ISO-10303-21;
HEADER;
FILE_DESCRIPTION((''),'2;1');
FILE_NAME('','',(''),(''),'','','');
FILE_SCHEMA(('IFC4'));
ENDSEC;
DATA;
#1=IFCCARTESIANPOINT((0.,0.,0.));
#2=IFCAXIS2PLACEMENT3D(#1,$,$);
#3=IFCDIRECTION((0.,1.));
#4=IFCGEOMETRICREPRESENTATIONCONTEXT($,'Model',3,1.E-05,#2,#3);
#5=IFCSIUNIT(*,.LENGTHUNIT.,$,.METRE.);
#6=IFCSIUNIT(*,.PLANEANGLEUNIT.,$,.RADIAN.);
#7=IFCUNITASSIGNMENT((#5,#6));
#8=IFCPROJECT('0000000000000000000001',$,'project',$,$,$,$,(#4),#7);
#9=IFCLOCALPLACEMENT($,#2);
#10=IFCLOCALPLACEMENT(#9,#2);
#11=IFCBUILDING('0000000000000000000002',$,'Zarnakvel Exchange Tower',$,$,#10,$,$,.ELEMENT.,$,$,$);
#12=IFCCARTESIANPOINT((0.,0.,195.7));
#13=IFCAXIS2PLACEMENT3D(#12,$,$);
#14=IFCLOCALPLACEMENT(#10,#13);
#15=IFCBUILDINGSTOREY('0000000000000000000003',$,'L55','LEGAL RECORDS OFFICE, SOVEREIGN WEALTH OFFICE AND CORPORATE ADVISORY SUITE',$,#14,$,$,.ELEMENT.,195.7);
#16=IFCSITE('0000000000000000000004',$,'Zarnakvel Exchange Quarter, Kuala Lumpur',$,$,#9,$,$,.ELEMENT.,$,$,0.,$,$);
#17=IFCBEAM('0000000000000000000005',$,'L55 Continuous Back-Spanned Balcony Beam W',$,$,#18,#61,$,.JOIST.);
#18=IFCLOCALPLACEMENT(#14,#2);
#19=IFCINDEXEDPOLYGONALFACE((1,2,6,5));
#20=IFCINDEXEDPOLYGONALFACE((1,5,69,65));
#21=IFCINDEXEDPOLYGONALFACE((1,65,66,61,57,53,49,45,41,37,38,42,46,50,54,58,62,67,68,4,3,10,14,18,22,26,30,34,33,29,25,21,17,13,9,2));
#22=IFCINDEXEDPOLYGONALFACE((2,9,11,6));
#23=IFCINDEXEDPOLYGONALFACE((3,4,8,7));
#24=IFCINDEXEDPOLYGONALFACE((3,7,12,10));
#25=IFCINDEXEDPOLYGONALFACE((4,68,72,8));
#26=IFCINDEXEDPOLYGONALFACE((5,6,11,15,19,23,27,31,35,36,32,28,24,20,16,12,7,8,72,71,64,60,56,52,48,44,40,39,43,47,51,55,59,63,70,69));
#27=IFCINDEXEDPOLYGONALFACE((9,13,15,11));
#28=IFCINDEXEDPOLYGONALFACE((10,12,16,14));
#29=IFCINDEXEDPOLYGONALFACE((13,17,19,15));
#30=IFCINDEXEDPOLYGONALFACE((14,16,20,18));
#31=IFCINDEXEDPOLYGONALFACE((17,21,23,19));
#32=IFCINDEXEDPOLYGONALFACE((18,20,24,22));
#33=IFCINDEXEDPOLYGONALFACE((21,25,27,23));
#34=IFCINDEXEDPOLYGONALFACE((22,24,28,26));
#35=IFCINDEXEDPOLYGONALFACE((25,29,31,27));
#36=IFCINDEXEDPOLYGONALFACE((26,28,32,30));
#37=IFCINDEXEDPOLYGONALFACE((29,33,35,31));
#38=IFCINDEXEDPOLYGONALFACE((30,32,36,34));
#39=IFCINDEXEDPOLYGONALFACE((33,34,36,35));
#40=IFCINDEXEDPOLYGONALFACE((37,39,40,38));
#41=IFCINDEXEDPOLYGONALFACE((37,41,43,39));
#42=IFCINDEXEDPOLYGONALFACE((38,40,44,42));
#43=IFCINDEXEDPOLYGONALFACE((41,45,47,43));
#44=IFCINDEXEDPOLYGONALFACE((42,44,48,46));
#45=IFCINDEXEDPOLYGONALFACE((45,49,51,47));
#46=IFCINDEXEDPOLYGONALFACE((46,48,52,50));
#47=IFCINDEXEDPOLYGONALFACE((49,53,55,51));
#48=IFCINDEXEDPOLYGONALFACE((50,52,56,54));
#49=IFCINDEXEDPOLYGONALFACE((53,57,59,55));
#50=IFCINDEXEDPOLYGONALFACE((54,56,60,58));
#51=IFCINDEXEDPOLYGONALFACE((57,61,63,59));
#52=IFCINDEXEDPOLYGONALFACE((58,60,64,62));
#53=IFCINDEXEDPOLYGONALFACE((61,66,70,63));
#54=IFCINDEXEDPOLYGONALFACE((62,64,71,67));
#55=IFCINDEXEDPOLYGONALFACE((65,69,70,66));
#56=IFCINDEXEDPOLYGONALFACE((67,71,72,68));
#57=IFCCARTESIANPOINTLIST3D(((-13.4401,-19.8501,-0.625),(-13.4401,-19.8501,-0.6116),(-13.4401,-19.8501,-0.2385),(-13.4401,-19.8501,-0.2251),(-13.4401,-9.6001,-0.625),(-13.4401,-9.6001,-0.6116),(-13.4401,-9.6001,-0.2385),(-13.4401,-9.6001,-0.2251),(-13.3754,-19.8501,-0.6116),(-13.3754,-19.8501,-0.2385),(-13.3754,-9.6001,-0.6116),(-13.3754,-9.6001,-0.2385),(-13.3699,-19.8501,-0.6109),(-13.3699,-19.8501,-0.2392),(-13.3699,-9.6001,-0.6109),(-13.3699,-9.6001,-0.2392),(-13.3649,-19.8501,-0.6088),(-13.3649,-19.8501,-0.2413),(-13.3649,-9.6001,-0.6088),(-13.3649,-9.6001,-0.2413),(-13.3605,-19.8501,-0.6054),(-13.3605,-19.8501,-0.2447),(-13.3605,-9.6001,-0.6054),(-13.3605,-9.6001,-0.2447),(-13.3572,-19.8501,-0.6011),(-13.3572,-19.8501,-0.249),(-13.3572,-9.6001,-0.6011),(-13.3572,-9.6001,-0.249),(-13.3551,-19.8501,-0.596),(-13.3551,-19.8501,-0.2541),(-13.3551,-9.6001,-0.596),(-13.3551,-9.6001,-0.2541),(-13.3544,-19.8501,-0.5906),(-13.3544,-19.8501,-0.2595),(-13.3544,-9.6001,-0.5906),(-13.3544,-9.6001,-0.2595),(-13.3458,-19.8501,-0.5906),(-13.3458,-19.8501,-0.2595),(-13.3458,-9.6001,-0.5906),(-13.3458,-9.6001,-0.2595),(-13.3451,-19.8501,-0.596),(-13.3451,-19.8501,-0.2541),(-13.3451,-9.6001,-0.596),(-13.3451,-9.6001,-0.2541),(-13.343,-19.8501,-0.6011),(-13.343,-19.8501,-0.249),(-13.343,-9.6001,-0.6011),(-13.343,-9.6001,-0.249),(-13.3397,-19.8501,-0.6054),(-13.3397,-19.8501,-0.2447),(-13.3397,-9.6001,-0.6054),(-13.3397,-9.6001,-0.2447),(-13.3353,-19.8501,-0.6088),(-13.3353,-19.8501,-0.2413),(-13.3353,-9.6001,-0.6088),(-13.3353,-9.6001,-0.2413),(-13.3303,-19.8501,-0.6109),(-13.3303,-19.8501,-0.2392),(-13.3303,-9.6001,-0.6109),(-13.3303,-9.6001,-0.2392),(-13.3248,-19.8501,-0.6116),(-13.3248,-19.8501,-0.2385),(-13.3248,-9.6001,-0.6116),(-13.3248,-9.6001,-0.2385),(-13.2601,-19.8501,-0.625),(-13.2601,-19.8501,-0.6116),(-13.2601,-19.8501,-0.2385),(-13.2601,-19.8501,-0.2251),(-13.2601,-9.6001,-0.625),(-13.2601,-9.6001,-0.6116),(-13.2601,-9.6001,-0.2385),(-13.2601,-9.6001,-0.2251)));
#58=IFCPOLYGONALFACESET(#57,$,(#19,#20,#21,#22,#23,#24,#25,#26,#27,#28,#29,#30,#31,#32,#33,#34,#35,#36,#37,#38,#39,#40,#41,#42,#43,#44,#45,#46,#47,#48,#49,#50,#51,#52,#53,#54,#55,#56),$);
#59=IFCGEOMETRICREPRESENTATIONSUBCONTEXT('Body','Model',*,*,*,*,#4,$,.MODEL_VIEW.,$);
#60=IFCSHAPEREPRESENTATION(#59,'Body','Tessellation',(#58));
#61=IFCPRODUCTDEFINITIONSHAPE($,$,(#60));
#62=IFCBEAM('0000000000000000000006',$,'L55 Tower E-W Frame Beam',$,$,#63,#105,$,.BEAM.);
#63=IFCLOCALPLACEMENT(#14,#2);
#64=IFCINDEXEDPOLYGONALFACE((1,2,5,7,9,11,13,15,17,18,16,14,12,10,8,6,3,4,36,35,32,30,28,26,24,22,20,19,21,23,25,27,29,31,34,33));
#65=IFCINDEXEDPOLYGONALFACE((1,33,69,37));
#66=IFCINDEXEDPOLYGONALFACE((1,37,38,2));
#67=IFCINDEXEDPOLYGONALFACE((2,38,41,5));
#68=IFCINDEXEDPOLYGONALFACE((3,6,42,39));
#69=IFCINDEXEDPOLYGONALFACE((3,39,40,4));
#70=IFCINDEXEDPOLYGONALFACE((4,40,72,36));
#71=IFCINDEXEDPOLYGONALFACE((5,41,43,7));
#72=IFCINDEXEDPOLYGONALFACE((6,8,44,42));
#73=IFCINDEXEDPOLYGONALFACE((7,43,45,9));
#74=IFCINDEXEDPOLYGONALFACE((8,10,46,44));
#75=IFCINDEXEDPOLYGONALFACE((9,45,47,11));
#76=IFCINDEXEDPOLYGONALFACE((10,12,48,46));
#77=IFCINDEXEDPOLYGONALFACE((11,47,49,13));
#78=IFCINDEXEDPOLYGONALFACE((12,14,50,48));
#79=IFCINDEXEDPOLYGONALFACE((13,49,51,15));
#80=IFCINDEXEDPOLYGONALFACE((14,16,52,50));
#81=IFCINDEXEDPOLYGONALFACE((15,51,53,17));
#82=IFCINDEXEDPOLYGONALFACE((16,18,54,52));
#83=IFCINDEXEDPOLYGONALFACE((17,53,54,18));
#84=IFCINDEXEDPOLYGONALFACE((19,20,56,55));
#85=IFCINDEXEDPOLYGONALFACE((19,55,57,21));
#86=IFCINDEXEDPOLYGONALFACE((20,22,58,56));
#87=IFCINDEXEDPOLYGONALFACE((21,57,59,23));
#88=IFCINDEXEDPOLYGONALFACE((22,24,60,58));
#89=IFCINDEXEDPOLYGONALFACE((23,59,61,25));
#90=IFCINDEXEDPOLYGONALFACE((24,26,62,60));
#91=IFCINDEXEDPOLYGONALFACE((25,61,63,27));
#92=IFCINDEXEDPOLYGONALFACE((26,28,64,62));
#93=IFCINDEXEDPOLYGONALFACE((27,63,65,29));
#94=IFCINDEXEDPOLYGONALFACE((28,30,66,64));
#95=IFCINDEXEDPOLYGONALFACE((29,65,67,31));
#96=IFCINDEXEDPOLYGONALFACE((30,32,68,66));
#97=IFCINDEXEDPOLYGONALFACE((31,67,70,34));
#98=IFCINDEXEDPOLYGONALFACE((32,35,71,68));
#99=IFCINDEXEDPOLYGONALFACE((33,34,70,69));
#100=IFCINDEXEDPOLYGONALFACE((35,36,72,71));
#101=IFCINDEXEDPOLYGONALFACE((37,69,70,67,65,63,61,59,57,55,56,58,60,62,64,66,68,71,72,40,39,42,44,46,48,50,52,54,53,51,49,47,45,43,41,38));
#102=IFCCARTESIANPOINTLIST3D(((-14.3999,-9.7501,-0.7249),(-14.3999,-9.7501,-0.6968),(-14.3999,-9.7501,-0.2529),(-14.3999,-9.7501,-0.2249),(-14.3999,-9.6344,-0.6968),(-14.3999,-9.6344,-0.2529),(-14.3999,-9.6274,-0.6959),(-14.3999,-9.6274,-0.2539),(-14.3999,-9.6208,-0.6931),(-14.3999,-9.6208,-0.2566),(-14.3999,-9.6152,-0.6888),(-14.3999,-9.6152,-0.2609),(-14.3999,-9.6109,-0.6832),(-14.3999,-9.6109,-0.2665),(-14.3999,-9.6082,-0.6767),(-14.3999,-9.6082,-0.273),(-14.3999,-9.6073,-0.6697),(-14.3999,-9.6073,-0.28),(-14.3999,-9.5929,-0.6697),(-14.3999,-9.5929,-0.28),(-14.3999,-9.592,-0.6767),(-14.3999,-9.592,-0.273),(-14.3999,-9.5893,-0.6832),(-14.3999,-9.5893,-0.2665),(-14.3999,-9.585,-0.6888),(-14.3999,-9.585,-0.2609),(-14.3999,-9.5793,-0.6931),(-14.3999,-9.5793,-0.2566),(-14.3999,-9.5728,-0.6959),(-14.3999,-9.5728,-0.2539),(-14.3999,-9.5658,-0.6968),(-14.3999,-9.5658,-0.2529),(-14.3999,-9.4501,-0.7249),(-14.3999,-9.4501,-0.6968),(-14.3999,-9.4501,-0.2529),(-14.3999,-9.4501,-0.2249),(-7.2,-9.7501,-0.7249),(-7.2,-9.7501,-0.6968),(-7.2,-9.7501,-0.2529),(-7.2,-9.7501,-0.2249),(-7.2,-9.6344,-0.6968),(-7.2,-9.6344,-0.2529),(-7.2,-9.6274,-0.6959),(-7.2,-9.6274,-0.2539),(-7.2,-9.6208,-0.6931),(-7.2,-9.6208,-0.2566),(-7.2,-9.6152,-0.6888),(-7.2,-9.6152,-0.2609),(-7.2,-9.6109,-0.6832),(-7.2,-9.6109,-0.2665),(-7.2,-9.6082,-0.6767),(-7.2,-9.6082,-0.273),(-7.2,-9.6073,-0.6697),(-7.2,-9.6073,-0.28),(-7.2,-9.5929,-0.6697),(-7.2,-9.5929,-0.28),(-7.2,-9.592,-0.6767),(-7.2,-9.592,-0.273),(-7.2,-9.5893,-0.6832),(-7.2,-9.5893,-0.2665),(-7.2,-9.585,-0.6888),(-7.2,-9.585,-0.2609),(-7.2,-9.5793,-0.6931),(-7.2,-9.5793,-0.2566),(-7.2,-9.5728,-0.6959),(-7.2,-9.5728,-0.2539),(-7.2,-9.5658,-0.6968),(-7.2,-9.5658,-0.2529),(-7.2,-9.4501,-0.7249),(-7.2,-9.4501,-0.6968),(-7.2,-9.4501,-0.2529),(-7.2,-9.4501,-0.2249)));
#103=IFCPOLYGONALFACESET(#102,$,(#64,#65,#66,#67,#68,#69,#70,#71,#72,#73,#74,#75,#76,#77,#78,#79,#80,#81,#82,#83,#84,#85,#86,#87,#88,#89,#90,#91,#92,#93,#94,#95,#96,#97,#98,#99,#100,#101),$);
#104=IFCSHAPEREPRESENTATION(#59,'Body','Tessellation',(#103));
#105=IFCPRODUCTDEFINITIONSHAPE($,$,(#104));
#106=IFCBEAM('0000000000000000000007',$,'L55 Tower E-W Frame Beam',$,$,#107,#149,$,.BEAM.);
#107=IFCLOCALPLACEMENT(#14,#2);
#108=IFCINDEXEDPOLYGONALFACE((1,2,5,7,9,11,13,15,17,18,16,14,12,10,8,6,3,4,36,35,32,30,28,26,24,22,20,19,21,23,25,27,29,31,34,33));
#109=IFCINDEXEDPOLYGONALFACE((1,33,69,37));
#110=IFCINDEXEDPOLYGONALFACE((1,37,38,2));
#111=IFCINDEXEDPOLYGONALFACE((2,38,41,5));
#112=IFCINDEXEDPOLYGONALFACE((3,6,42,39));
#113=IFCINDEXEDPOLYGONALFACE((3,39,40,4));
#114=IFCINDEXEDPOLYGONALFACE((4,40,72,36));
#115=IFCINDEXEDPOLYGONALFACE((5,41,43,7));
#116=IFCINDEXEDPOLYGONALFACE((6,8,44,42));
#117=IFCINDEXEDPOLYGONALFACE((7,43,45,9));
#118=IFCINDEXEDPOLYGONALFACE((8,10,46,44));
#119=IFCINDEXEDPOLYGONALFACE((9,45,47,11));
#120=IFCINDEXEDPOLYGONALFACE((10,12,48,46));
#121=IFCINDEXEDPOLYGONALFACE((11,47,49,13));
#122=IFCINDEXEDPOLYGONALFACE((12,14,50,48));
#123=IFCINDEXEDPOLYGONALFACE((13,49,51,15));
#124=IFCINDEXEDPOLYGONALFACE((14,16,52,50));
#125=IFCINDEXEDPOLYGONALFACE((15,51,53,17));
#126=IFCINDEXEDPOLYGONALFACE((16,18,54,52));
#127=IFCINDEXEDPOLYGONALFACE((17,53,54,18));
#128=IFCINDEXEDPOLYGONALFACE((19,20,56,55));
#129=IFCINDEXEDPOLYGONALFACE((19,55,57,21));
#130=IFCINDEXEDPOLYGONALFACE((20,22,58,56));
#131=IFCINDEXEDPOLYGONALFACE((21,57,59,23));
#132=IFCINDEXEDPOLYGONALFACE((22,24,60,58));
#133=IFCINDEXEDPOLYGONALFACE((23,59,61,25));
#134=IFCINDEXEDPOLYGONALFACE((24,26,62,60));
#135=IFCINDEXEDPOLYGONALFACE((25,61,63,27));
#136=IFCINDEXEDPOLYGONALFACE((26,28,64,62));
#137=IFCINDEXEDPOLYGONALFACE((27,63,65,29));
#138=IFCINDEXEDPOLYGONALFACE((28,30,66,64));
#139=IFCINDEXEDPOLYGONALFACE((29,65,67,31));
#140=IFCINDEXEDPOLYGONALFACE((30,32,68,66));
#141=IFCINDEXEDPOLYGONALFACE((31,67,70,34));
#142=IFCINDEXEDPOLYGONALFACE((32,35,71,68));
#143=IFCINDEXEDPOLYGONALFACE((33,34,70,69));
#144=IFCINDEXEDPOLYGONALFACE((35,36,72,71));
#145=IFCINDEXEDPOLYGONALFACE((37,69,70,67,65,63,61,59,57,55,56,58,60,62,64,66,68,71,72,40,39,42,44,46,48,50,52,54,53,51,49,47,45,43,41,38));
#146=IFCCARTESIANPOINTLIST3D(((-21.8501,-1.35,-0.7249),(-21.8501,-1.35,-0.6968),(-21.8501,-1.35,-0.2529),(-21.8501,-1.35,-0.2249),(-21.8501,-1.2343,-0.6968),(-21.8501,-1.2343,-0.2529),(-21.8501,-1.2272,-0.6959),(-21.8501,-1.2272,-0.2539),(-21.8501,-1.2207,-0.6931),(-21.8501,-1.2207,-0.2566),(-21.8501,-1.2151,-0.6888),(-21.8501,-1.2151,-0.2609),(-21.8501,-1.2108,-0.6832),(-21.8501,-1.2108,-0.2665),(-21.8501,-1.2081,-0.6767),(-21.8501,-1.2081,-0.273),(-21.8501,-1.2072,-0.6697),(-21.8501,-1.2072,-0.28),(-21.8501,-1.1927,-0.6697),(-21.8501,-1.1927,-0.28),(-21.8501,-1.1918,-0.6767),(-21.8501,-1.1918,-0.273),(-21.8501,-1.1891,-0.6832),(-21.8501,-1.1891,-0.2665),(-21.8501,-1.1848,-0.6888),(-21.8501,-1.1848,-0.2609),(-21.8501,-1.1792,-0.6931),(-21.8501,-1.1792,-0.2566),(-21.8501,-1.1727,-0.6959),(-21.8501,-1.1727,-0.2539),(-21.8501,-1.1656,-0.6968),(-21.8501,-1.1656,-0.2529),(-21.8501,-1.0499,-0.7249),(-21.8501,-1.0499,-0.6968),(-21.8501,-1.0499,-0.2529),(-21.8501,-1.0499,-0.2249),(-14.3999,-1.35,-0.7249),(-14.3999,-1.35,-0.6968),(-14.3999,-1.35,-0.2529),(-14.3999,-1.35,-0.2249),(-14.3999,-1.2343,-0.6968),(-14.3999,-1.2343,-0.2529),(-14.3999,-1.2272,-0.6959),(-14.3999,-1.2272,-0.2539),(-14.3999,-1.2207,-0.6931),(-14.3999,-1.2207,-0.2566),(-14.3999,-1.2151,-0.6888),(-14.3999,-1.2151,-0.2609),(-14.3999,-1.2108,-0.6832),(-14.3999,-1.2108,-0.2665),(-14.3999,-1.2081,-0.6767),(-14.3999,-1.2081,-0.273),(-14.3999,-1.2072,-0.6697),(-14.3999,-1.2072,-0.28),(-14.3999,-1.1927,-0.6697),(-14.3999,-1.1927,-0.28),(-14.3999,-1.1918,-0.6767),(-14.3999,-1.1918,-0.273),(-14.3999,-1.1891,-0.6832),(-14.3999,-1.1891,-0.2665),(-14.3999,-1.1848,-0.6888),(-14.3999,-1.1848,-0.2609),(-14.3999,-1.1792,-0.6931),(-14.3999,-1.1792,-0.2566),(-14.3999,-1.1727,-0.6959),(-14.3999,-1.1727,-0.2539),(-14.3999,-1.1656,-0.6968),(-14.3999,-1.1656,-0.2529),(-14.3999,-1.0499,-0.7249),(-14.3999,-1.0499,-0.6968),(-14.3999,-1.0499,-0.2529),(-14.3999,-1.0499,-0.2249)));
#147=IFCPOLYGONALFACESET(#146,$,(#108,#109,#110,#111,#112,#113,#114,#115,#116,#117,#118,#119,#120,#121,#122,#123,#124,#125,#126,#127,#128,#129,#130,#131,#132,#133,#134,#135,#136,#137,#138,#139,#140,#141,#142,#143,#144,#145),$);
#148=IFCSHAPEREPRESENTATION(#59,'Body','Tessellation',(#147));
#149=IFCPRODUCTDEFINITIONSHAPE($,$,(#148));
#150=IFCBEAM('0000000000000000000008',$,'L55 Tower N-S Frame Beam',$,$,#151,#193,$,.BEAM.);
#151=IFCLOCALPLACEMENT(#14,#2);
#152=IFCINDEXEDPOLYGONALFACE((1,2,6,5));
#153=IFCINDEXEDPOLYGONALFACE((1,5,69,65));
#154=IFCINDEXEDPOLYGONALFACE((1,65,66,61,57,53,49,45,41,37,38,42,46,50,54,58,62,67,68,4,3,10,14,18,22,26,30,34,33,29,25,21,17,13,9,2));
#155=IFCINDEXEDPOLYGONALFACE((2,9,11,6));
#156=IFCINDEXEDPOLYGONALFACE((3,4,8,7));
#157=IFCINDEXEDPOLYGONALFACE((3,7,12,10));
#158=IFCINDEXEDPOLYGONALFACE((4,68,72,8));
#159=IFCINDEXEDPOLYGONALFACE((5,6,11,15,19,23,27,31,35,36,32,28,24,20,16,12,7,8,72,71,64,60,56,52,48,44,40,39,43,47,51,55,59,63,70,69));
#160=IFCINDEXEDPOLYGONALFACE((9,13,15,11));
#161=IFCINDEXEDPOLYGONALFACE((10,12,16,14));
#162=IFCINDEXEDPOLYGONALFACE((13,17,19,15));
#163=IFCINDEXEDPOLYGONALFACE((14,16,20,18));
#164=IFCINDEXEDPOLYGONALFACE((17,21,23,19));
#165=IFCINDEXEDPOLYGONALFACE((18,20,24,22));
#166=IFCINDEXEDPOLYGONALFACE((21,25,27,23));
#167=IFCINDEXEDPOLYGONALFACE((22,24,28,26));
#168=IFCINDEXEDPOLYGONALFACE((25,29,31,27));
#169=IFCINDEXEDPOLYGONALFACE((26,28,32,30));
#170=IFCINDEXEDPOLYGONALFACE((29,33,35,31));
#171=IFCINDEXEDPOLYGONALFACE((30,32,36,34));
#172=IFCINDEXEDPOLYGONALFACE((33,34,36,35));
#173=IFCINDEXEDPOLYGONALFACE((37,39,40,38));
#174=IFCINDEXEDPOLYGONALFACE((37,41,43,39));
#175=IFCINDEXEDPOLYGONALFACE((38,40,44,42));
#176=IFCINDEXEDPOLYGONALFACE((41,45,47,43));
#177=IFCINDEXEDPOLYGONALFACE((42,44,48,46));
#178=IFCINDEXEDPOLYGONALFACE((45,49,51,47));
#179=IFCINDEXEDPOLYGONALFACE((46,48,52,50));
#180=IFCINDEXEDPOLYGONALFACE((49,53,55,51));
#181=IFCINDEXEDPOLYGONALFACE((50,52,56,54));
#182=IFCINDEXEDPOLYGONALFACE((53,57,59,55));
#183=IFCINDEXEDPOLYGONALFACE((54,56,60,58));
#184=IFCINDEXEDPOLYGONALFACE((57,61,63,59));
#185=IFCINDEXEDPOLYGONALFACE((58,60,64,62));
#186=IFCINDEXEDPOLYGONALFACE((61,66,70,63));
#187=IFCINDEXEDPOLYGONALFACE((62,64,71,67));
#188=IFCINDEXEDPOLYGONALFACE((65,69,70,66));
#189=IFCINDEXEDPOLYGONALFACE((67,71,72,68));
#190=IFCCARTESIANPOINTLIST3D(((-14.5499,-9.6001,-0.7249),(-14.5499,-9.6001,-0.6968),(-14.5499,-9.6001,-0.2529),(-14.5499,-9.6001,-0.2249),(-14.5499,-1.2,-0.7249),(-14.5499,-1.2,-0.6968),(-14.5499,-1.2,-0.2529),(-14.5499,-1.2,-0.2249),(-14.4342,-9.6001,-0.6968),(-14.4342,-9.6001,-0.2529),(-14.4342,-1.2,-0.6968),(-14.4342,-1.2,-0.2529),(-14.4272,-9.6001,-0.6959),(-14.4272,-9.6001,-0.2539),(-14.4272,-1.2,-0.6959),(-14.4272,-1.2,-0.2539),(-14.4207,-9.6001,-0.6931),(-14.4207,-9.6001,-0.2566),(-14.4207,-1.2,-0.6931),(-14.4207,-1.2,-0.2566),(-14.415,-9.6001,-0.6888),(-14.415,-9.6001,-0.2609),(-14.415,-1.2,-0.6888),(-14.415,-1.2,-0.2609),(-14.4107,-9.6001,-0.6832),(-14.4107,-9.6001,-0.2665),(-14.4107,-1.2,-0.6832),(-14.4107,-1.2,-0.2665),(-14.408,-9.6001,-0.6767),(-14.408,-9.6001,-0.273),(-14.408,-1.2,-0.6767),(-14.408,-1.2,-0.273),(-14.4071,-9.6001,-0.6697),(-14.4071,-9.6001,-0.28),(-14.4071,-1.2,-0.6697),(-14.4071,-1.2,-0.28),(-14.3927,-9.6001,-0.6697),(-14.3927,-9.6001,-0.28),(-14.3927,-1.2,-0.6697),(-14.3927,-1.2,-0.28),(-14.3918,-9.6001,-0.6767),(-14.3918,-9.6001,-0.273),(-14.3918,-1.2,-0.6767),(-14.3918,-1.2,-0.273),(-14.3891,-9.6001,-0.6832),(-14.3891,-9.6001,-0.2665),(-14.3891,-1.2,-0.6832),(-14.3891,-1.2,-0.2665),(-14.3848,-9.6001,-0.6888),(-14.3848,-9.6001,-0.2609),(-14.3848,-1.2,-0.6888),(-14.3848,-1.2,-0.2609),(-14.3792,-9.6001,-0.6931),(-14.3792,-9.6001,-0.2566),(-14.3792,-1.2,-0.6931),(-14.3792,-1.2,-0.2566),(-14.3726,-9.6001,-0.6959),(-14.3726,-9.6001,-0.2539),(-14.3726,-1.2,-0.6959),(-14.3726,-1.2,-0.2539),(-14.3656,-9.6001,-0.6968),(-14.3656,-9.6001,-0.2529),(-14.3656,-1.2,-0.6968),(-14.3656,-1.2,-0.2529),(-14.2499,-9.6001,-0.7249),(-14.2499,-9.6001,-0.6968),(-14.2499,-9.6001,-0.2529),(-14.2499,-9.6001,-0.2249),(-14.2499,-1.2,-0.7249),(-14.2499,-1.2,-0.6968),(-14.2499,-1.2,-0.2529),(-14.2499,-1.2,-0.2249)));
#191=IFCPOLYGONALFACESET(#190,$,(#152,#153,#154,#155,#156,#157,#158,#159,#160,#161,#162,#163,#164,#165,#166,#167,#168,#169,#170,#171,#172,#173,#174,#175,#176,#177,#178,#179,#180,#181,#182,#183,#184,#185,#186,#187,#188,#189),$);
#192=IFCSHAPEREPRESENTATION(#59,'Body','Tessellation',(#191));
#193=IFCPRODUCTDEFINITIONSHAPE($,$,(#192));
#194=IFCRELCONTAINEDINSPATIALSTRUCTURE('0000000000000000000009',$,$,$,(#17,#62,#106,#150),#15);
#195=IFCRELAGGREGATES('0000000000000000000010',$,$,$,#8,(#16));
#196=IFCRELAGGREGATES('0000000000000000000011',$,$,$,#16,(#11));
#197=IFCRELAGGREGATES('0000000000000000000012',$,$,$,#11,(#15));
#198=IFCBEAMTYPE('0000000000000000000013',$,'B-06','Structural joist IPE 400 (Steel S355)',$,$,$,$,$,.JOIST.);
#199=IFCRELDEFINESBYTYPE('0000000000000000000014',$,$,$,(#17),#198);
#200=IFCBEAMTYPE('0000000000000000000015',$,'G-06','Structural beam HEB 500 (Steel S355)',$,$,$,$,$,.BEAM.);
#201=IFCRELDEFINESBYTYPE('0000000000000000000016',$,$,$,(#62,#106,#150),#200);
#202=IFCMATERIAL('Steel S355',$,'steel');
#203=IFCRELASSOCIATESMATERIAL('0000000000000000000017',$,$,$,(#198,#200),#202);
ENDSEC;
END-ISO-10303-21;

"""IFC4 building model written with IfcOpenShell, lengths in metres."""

from ifc_helpers import new_model, si_unit, direction, frame, origin, origin_2d, place, context, subcontext, project, spatial, i_section, extrude, material, material_profile, profile_set, type_object, element, save


model = new_model("IFC4")

# Units and contexts
model_context = context("Model", 3, precision=1e-05, world=origin(), true_north=direction((0.0, 1.0)))
body_context = subcontext(model_context, "Body", "Model", "MODEL_VIEW")
ifc_project = project(units=[si_unit("LENGTHUNIT", "METRE"), si_unit("PLANEANGLEUNIT", "RADIAN")], contexts=[model_context])

# Site, building, storey
site_placement = place(None, origin())
site = spatial("IfcSite", under=ifc_project, at=site_placement, Name="Zarnakvel Exchange Quarter, Kuala Lumpur", CompositionType="ELEMENT", RefElevation=0.0)
building_placement = place(site_placement, origin())
building = spatial("IfcBuilding", under=site, at=building_placement, Name="Zarnakvel Exchange Tower", CompositionType="ELEMENT")
storey_placement = place(building_placement, frame((0.0, 0.0, 195.7)))
storey = spatial("IfcBuildingStorey", under=building, at=storey_placement, Name="L55", Description="LEGAL RECORDS OFFICE, SOVEREIGN WEALTH OFFICE AND CORPORATE ADVISORY SUITE", CompositionType="ELEMENT", Elevation=195.7)

# Shared definitions
ifc_material_1 = material(Name="Steel S355", Category="steel")

# Beams
ifc_material_profile_1 = material_profile(ifc_material_1, i_section(OverallWidth=0.1799, OverallDepth=0.3999, WebThickness=0.0085, FlangeThickness=0.0134, FilletRadius=0.021, at=origin_2d()))
ifc_profile_set_1 = profile_set([ifc_material_profile_1], Name="Steel S355")
beam_type_1 = type_object("IfcBeamType", Name="B-06", Description="Structural joist IPE 400 (Steel S355)", PredefinedType="JOIST", material=ifc_profile_set_1)
beam_1_placement = place(storey_placement, frame((-13.3501, -9.6001, -0.425), z_axis=(0.0, -1.0, 0.0), x_axis=(1.0, 0.0, 0.0)))
element("IfcBeam", 1, at=beam_1_placement, inside=storey, type_object=beam_type_1, Name="L55 Continuous Back-Spanned Balcony Beam W", PredefinedType="JOIST", context=body_context, shape_type="SweptSolid", body=[
    extrude(i_section(OverallWidth=0.1799, OverallDepth=0.3999, WebThickness=0.0085, FlangeThickness=0.0134, FilletRadius=0.021, at=origin_2d()), origin(), (0.0, 0.0, 1.0), 10.25),
])
ifc_material_profile_2 = material_profile(ifc_material_1, i_section(OverallWidth=0.3, OverallDepth=0.5, WebThickness=0.0144, FlangeThickness=0.0281, FilletRadius=0.0271, at=origin_2d()))
ifc_profile_set_2 = profile_set([ifc_material_profile_2], Name="Steel S355")
beam_type_2 = type_object("IfcBeamType", Name="G-06", Description="Structural beam HEB 500 (Steel S355)", PredefinedType="BEAM", material=ifc_profile_set_2)
beam_2_placement = place(storey_placement, frame((-14.3999, -9.6001, -0.4749), z_axis=(1.0, 0.0, 0.0), x_axis=(0.0, 1.0, 0.0)))
element("IfcBeam", 2, at=beam_2_placement, inside=storey, type_object=beam_type_2, Name="L55 Tower E-W Frame Beam", PredefinedType="BEAM", context=body_context, shape_type="SweptSolid", body=[
    extrude(i_section(OverallWidth=0.3, OverallDepth=0.5, WebThickness=0.0144, FlangeThickness=0.0281, FilletRadius=0.0271, at=origin_2d()), origin(), (0.0, 0.0, 1.0), 7.2),
])
beam_3_placement = place(storey_placement, frame((-21.8501, -1.2, -0.4749), z_axis=(1.0, 0.0, 0.0), x_axis=(0.0, 1.0, 0.0)))
element("IfcBeam", 3, at=beam_3_placement, inside=storey, type_object=beam_type_2, Name="L55 Tower E-W Frame Beam", PredefinedType="BEAM", context=body_context, shape_type="SweptSolid", body=[
    extrude(i_section(OverallWidth=0.3, OverallDepth=0.5, WebThickness=0.0144, FlangeThickness=0.0281, FilletRadius=0.0271, at=origin_2d()), origin(), (0.0, 0.0, 1.0), 7.4502),
])
beam_4_placement = place(storey_placement, frame((-14.3999, -9.6001, -0.4749), z_axis=(0.0, 1.0, 0.0), x_axis=(-1.0, 0.0, 0.0)))
element("IfcBeam", 4, at=beam_4_placement, inside=storey, type_object=beam_type_2, Name="L55 Tower N-S Frame Beam", PredefinedType="BEAM", context=body_context, shape_type="SweptSolid", body=[
    extrude(i_section(OverallWidth=0.3, OverallDepth=0.5, WebThickness=0.0144, FlangeThickness=0.0281, FilletRadius=0.0271, at=origin_2d()), origin(), (0.0, 0.0, 1.0), 8.4001),
])

save(model, "model.ifc")
